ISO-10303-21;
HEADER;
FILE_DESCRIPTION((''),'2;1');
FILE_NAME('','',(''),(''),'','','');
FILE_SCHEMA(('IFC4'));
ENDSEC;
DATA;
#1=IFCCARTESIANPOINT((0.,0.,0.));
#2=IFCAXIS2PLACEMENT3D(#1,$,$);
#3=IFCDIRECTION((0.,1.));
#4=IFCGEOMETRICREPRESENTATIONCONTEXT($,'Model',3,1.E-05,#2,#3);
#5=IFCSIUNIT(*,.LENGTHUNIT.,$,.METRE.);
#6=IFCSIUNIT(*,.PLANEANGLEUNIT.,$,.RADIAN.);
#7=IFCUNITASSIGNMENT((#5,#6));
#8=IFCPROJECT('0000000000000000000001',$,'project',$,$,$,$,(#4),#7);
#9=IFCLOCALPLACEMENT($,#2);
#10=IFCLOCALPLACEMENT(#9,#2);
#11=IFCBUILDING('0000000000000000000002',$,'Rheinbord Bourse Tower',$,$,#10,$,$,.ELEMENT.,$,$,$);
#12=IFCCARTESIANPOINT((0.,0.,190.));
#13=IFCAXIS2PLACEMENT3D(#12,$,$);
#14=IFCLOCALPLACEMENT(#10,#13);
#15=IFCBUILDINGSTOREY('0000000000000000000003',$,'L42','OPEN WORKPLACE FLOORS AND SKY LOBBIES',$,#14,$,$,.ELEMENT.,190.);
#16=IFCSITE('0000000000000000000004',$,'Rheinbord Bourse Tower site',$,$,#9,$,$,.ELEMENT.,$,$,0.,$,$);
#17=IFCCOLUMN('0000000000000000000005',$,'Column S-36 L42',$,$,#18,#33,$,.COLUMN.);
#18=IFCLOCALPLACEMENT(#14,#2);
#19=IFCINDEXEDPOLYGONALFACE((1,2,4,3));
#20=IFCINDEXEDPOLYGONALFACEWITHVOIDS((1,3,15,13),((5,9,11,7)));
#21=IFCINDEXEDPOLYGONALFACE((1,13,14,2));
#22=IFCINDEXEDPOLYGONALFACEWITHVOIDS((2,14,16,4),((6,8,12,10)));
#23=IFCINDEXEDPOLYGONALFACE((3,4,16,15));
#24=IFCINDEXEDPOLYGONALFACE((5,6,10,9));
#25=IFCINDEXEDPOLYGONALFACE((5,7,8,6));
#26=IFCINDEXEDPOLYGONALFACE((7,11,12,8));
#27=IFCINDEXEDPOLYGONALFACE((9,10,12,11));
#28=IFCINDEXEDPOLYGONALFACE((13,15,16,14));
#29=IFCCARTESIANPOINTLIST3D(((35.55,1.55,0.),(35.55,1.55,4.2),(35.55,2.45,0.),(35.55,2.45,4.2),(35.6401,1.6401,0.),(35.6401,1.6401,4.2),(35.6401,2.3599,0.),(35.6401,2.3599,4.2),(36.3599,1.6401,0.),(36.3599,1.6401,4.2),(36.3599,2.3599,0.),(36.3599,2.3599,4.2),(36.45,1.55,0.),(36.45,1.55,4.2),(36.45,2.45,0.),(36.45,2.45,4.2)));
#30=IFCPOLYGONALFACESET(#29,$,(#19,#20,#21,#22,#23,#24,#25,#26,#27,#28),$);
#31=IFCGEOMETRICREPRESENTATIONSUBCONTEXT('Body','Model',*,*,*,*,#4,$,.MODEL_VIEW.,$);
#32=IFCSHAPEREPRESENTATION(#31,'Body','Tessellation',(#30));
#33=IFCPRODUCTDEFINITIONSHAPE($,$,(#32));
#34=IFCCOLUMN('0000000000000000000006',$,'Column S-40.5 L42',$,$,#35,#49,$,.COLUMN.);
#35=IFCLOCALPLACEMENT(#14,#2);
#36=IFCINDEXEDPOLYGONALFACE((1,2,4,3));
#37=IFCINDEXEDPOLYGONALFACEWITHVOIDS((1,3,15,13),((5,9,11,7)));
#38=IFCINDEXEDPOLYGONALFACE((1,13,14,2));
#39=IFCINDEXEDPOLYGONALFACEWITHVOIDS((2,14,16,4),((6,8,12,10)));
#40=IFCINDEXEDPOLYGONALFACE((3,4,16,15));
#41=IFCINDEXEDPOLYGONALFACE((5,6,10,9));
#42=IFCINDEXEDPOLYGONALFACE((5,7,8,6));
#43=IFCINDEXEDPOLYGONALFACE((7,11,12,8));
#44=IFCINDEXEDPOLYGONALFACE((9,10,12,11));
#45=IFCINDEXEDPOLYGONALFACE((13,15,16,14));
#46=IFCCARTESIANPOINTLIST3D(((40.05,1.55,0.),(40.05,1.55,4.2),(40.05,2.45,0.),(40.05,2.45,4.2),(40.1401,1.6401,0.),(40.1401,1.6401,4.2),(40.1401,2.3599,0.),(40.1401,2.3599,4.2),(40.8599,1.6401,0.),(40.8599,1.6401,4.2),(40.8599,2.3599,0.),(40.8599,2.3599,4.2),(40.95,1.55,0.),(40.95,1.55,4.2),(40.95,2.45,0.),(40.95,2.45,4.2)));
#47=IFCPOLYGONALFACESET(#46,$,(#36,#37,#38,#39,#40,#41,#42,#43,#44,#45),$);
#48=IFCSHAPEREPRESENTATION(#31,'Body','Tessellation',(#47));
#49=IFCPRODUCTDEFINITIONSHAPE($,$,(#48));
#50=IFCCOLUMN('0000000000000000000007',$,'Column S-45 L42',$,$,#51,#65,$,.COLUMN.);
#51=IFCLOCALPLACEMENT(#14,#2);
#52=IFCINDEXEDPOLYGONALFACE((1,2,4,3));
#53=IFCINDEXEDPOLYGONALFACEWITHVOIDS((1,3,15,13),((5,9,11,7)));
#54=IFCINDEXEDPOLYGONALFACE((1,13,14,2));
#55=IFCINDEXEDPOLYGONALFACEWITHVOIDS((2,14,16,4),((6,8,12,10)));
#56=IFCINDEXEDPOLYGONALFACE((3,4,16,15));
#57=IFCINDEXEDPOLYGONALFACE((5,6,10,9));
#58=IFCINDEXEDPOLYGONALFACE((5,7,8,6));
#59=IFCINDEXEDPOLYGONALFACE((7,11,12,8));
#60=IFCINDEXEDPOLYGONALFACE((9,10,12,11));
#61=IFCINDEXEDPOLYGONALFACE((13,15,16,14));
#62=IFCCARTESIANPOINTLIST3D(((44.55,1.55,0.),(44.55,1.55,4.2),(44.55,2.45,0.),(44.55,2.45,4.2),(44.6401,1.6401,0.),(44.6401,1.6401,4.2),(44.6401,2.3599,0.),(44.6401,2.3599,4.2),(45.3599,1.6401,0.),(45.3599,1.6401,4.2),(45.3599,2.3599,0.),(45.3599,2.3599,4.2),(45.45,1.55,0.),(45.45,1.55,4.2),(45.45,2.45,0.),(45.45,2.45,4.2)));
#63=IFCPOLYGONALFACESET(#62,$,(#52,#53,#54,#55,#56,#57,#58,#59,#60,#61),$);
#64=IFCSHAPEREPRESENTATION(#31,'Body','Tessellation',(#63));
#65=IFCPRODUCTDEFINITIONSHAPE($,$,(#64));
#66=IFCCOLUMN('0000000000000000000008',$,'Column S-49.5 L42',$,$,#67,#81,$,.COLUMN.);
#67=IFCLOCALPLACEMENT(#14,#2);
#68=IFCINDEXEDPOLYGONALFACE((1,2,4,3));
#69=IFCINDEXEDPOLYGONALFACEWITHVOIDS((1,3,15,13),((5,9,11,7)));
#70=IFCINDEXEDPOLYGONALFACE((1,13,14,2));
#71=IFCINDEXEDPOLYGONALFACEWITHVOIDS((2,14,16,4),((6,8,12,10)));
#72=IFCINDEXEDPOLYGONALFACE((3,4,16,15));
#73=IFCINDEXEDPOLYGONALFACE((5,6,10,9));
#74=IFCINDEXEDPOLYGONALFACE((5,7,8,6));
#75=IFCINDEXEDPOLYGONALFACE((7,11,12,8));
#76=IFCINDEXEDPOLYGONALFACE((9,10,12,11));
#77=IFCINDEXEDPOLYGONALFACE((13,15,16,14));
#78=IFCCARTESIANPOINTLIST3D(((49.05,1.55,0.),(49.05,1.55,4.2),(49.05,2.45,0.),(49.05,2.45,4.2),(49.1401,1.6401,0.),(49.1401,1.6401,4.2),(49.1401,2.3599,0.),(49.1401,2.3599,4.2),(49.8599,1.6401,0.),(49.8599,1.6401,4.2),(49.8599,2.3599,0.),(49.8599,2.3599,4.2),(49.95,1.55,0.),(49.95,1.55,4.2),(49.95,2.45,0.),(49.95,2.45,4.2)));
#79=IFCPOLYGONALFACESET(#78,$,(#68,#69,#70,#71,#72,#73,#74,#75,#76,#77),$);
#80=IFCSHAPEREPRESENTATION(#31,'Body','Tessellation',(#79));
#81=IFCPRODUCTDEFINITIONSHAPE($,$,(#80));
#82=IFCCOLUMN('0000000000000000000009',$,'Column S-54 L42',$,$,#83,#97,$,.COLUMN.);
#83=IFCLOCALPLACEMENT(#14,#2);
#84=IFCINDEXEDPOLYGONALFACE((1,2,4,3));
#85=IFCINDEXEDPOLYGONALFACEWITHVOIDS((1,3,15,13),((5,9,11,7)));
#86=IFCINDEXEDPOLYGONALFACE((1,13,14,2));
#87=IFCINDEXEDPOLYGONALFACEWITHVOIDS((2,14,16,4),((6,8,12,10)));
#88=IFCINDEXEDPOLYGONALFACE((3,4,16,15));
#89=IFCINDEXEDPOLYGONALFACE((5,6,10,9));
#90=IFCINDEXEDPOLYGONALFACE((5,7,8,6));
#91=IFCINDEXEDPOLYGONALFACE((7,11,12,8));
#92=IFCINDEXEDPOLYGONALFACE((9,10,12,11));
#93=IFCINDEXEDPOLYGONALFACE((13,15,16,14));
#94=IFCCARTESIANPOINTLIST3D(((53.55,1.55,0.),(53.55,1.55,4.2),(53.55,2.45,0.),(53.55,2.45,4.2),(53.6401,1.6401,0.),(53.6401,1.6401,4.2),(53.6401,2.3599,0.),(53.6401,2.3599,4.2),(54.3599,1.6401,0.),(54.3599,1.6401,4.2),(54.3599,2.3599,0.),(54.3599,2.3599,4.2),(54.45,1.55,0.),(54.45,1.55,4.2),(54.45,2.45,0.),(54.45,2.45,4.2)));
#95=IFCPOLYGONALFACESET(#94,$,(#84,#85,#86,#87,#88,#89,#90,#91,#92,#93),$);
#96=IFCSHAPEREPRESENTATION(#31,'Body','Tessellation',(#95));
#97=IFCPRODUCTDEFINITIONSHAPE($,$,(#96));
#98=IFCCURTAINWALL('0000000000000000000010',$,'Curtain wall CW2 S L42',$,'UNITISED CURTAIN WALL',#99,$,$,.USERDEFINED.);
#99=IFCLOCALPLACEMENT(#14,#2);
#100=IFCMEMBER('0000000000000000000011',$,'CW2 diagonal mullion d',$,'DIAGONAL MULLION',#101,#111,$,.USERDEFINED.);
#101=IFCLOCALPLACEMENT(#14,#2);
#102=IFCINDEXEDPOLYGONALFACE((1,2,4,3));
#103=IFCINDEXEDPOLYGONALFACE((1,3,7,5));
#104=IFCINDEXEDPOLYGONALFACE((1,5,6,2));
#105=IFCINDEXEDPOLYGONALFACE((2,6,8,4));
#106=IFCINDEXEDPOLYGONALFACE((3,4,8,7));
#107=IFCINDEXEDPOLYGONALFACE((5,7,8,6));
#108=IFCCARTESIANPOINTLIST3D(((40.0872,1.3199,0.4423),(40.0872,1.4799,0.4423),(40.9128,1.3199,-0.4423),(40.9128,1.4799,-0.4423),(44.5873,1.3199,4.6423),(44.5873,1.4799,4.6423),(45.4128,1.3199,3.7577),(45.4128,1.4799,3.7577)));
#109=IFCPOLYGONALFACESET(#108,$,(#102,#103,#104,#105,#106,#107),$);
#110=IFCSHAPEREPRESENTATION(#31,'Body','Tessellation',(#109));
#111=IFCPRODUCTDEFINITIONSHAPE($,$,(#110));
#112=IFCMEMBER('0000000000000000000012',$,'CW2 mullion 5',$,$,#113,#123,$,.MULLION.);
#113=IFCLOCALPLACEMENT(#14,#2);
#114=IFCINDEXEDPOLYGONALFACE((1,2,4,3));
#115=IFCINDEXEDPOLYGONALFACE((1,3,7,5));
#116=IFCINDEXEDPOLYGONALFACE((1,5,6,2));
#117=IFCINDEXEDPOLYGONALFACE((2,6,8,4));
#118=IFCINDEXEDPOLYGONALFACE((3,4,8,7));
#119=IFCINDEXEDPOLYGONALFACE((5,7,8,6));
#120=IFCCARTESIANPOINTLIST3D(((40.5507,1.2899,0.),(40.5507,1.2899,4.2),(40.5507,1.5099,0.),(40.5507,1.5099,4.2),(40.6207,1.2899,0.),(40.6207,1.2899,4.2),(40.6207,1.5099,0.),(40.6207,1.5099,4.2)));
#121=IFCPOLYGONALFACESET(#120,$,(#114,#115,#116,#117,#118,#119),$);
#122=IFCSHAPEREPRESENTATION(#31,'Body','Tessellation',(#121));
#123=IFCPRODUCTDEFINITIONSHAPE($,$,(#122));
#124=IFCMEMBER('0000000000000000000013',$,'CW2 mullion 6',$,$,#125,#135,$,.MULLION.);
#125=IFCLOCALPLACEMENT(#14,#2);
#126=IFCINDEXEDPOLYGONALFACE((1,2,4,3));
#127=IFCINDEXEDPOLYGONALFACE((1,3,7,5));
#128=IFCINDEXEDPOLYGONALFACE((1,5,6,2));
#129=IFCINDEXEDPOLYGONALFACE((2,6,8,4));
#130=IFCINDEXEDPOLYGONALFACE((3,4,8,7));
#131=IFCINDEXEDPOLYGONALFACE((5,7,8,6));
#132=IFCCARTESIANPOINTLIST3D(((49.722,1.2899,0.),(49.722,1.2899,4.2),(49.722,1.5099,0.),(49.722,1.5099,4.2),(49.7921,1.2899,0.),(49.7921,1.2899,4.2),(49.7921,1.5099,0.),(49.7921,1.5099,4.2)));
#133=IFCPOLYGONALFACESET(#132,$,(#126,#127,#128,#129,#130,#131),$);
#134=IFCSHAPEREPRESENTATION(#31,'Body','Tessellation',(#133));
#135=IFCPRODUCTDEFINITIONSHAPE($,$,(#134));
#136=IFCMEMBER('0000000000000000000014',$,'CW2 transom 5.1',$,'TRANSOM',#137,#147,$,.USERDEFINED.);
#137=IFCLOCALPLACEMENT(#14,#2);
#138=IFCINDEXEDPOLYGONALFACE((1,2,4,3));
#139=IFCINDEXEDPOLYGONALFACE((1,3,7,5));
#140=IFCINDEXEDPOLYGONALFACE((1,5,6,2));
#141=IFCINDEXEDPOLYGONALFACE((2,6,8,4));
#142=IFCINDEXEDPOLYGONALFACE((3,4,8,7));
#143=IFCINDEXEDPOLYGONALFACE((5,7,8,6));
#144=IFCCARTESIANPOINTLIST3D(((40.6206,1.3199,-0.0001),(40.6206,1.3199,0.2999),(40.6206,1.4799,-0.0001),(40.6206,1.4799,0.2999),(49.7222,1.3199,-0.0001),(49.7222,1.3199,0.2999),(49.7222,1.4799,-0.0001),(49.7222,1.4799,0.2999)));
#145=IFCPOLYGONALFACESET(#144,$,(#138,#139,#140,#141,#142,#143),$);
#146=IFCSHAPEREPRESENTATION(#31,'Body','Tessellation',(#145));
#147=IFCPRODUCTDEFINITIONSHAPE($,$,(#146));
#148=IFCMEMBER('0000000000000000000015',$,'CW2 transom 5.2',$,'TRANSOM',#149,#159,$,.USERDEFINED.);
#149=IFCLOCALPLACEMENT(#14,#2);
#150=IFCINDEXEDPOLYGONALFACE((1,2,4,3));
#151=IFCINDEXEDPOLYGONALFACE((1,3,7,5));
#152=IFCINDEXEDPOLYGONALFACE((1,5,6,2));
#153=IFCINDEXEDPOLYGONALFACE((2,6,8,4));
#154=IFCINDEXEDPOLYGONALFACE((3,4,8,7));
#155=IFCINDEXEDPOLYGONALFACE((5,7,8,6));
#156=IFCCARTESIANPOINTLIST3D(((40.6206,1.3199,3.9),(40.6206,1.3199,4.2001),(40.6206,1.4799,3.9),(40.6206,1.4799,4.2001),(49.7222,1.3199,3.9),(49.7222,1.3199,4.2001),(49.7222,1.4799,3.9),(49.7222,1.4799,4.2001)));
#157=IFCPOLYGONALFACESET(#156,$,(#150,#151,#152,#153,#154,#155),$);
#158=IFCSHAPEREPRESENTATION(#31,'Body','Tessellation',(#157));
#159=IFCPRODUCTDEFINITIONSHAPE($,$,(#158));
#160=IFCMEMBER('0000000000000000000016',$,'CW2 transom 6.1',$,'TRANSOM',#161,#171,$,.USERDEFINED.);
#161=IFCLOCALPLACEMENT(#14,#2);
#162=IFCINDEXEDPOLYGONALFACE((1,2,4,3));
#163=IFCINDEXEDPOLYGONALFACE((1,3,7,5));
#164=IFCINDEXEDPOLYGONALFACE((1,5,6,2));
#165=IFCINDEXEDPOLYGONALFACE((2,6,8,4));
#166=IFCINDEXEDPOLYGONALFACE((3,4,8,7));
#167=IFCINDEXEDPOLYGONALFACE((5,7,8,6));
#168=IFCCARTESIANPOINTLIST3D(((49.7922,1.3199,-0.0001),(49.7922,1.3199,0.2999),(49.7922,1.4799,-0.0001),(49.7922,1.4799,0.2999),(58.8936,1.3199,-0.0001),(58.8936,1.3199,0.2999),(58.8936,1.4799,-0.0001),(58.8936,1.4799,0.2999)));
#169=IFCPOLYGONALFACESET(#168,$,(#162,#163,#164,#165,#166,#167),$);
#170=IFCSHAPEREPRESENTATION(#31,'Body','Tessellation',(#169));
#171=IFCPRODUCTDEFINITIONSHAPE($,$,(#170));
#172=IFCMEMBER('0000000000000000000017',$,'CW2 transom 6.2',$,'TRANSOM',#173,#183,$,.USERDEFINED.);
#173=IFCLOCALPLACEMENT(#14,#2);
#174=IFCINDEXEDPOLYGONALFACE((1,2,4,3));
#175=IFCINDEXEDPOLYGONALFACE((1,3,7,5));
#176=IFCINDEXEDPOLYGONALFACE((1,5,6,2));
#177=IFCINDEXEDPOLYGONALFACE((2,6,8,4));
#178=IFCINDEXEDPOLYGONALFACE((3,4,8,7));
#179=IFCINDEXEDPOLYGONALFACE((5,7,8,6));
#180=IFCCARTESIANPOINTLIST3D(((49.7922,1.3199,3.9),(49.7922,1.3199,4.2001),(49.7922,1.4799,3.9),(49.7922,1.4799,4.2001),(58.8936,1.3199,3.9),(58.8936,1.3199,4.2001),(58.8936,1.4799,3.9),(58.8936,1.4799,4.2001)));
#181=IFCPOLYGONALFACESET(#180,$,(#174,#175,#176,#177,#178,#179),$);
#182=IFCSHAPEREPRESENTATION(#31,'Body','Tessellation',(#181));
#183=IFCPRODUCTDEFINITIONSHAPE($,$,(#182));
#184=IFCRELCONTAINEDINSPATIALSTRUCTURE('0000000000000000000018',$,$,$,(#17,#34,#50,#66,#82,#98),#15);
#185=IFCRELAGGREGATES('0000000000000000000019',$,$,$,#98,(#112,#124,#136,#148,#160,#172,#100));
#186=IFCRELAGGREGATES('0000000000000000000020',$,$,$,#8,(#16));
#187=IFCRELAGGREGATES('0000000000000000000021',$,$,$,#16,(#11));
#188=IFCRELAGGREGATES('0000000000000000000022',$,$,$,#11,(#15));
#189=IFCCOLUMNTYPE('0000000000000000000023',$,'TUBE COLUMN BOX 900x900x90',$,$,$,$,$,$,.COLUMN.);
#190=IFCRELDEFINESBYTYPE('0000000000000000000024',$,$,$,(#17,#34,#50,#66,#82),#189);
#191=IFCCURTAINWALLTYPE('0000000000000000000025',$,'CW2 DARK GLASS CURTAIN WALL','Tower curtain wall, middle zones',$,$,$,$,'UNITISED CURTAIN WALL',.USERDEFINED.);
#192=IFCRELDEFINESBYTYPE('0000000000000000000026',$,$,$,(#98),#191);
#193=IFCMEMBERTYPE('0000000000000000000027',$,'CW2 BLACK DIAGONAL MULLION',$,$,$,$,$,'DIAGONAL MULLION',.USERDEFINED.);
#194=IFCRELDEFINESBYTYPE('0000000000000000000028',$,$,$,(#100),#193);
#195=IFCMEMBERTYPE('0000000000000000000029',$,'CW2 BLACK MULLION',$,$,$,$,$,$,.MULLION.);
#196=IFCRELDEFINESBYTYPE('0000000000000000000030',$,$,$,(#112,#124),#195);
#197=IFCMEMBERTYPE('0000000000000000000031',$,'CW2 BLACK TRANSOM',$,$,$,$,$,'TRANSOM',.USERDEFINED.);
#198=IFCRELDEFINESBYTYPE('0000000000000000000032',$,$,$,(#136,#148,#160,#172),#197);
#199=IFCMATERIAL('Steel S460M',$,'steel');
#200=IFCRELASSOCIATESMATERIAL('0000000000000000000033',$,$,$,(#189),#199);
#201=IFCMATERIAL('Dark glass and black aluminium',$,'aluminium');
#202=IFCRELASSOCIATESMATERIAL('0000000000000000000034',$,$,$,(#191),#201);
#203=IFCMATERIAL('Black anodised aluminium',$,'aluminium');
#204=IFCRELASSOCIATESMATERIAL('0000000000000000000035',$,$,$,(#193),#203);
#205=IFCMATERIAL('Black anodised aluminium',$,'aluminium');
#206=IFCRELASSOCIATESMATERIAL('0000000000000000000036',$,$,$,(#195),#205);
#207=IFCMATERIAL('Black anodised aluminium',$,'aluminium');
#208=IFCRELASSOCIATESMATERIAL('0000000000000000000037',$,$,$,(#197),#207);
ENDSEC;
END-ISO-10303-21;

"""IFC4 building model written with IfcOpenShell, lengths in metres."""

from ifc_helpers import new_model, si_unit, direction, frame, origin, origin_2d, place, context, subcontext, project, spatial, rectangle, hollow_rectangle, extrude, material, material_profile, profile_set, type_object, element, aggregate, save


model = new_model("IFC4")

# Units and contexts
model_context = context("Model", 3, precision=1e-05, world=origin(), true_north=direction((0.0, 1.0)))
body_context = subcontext(model_context, "Body", "Model", "MODEL_VIEW")
ifc_project = project(units=[si_unit("LENGTHUNIT", "METRE"), si_unit("PLANEANGLEUNIT", "RADIAN")], contexts=[model_context])

# Site, building, storey
site_placement = place(None, origin())
site = spatial("IfcSite", under=ifc_project, at=site_placement, Name="Rheinbord Bourse Tower site", CompositionType="ELEMENT", RefElevation=0.0)
building_placement = place(site_placement, origin())
building = spatial("IfcBuilding", under=site, at=building_placement, Name="Rheinbord Bourse Tower", CompositionType="ELEMENT")
storey_placement = place(building_placement, frame((0.0, 0.0, 190.0)))
storey = spatial("IfcBuildingStorey", under=building, at=storey_placement, Name="L42", Description="OPEN WORKPLACE FLOORS AND SKY LOBBIES", CompositionType="ELEMENT", Elevation=190.0)

# Columns
ifc_material_1 = material(Name="Steel S460M", Category="steel")
ifc_material_profile_1 = material_profile(ifc_material_1, hollow_rectangle(XDim=0.8999, YDim=0.8999, WallThickness=0.0901, at=origin_2d()), Name="BOX 900x900x90")
ifc_profile_set_1 = profile_set([ifc_material_profile_1], Name="Steel S460M")
column_type = type_object("IfcColumnType", Name="TUBE COLUMN BOX 900x900x90", PredefinedType="COLUMN", material=ifc_profile_set_1)
for number, where, z_axis, x_axis, name in (
    (1, (36.0, 2.0, 0.0), (0.0, 0.0, 1.0), (0.0, 1.0, 0.0), "Column S-36 L42"),
    (2, (40.5, 2.0, 0.0), (0.0, 0.0, 1.0), (0.0, 1.0, 0.0), "Column S-40.5 L42"),
    (3, (45.0, 2.0, 0.0), (0.0, 0.0, 1.0), (0.0, 1.0, 0.0), "Column S-45 L42"),
    (4, (49.5, 2.0, 0.0), (0.0, 0.0, 1.0), (0.0, 1.0, 0.0), "Column S-49.5 L42"),
    (5, (54.0, 2.0, 0.0), (0.0, 0.0, 1.0), (0.0, 1.0, 0.0), "Column S-54 L42"),
):
    element("IfcColumn", number, at=place(storey_placement, frame(where, z_axis=z_axis, x_axis=x_axis)), inside=storey, type_object=column_type, Name=name, PredefinedType="COLUMN", context=body_context, shape_type="SweptSolid", body=[
        extrude(hollow_rectangle(XDim=0.8999, YDim=0.8999, WallThickness=0.0901, at=origin_2d()), origin(), (0.0, 0.0, 1.0), 4.2),
    ])

# Curtain wall, members
ifc_material_2 = material(Name="Dark glass and black aluminium", Category="aluminium")
curtain_wall_type = type_object("IfcCurtainWallType", Name="CW2 DARK GLASS CURTAIN WALL", Description="Tower curtain wall, middle zones", ElementType="UNITISED CURTAIN WALL", PredefinedType="USERDEFINED", material=ifc_material_2)
curtain_wall_placement = place(storey_placement, origin())
curtain_wall = element("IfcCurtainWall", 6, at=curtain_wall_placement, inside=storey, type_object=curtain_wall_type, Name="Curtain wall CW2 S L42", ObjectType="UNITISED CURTAIN WALL", PredefinedType="USERDEFINED")
ifc_material_3 = material(Name="Black anodised aluminium", Category="aluminium")
ifc_material_profile_2 = material_profile(ifc_material_3, rectangle(XDim=0.1599, YDim=1.21, at=origin_2d()), Name="CW2 DIAGONAL MULLION 1210x160")
ifc_profile_set_2 = profile_set([ifc_material_profile_2], Name="Black anodised aluminium")
member_type_1 = type_object("IfcMemberType", Name="CW2 BLACK DIAGONAL MULLION", ElementType="DIAGONAL MULLION", PredefinedType="USERDEFINED", material=ifc_profile_set_2)
member_1_placement = place(storey_placement, frame((40.5, 1.3999, 0.0), z_axis=(0.731059, 0.0, 0.682314), x_axis=(0.0, 1.0, 0.0)))
member_1 = element("IfcMember", 7, at=member_1_placement, type_object=member_type_1, Name="CW2 diagonal mullion d", ObjectType="DIAGONAL MULLION", PredefinedType="USERDEFINED", context=body_context, shape_type="SweptSolid", body=[
    extrude(rectangle(XDim=0.1599, YDim=1.21, at=origin_2d()), origin(), (0.0, 0.0, 1.0), 6.1555),
])
ifc_material_4 = material(Name="Black anodised aluminium", Category="aluminium")
ifc_material_profile_3 = material_profile(ifc_material_4, rectangle(XDim=0.22, YDim=0.0701, at=origin_2d()), Name="CW2 MULLION 70x220")
ifc_profile_set_3 = profile_set([ifc_material_profile_3], Name="Black anodised aluminium")
member_type_2 = type_object("IfcMemberType", Name="CW2 BLACK MULLION", PredefinedType="MULLION", material=ifc_profile_set_3)
member_2_placement = place(storey_placement, frame((40.5857, 1.3999, 0.0), z_axis=(0.0, 0.0, 1.0), x_axis=(0.0, 1.0, 0.0)))
member_2 = element("IfcMember", 8, at=member_2_placement, type_object=member_type_2, Name="CW2 mullion 5", PredefinedType="MULLION", context=body_context, shape_type="SweptSolid", body=[
    extrude(rectangle(XDim=0.22, YDim=0.0701, at=origin_2d()), origin(), (0.0, 0.0, 1.0), 4.2),
])
member_3_placement = place(storey_placement, frame((49.7571, 1.3999, 0.0), z_axis=(0.0, 0.0, 1.0), x_axis=(0.0, 1.0, 0.0)))
member_3 = element("IfcMember", 9, at=member_3_placement, type_object=member_type_2, Name="CW2 mullion 6", PredefinedType="MULLION", context=body_context, shape_type="SweptSolid", body=[
    extrude(rectangle(XDim=0.22, YDim=0.0701, at=origin_2d()), origin(), (0.0, 0.0, 1.0), 4.2),
])
ifc_material_5 = material(Name="Black anodised aluminium", Category="aluminium")
ifc_material_profile_4 = material_profile(ifc_material_5, rectangle(XDim=0.1599, YDim=0.3, at=origin_2d()), Name="CW2 TRANSOM 300x160")
ifc_profile_set_4 = profile_set([ifc_material_profile_4], Name="Black anodised aluminium")
member_type_3 = type_object("IfcMemberType", Name="CW2 BLACK TRANSOM", ElementType="TRANSOM", PredefinedType="USERDEFINED", material=ifc_profile_set_4)
member_4_placement = place(storey_placement, frame((40.6206, 1.3999, 0.1499), z_axis=(1.0, 0.0, 0.0), x_axis=(0.0, 1.0, 0.0)))
member_4 = element("IfcMember", 10, at=member_4_placement, type_object=member_type_3, Name="CW2 transom 5.1", ObjectType="TRANSOM", PredefinedType="USERDEFINED", context=body_context, shape_type="SweptSolid", body=[
    extrude(rectangle(XDim=0.1599, YDim=0.3, at=origin_2d()), origin(), (0.0, 0.0, 1.0), 9.1016),
])
member_5_placement = place(storey_placement, frame((40.6206, 1.3999, 4.05), z_axis=(1.0, 0.0, 0.0), x_axis=(0.0, 1.0, 0.0)))
member_5 = element("IfcMember", 11, at=member_5_placement, type_object=member_type_3, Name="CW2 transom 5.2", ObjectType="TRANSOM", PredefinedType="USERDEFINED", context=body_context, shape_type="SweptSolid", body=[
    extrude(rectangle(XDim=0.1599, YDim=0.3, at=origin_2d()), origin(), (0.0, 0.0, 1.0), 9.1016),
])
member_6_placement = place(storey_placement, frame((49.7922, 1.3999, 0.1499), z_axis=(1.0, 0.0, 0.0), x_axis=(0.0, 1.0, 0.0)))
member_6 = element("IfcMember", 12, at=member_6_placement, type_object=member_type_3, Name="CW2 transom 6.1", ObjectType="TRANSOM", PredefinedType="USERDEFINED", context=body_context, shape_type="SweptSolid", body=[
    extrude(rectangle(XDim=0.1599, YDim=0.3, at=origin_2d()), origin(), (0.0, 0.0, 1.0), 9.1013),
])
member_7_placement = place(storey_placement, frame((49.7922, 1.3999, 4.05), z_axis=(1.0, 0.0, 0.0), x_axis=(0.0, 1.0, 0.0)))
member_7 = element("IfcMember", 13, at=member_7_placement, type_object=member_type_3, Name="CW2 transom 6.2", ObjectType="TRANSOM", PredefinedType="USERDEFINED", context=body_context, shape_type="SweptSolid", body=[
    extrude(rectangle(XDim=0.1599, YDim=0.3, at=origin_2d()), origin(), (0.0, 0.0, 1.0), 9.1013),
])

aggregate(curtain_wall, [member_2, member_3, member_4, member_5, member_6, member_7, member_1])

save(model, "model.ifc")
